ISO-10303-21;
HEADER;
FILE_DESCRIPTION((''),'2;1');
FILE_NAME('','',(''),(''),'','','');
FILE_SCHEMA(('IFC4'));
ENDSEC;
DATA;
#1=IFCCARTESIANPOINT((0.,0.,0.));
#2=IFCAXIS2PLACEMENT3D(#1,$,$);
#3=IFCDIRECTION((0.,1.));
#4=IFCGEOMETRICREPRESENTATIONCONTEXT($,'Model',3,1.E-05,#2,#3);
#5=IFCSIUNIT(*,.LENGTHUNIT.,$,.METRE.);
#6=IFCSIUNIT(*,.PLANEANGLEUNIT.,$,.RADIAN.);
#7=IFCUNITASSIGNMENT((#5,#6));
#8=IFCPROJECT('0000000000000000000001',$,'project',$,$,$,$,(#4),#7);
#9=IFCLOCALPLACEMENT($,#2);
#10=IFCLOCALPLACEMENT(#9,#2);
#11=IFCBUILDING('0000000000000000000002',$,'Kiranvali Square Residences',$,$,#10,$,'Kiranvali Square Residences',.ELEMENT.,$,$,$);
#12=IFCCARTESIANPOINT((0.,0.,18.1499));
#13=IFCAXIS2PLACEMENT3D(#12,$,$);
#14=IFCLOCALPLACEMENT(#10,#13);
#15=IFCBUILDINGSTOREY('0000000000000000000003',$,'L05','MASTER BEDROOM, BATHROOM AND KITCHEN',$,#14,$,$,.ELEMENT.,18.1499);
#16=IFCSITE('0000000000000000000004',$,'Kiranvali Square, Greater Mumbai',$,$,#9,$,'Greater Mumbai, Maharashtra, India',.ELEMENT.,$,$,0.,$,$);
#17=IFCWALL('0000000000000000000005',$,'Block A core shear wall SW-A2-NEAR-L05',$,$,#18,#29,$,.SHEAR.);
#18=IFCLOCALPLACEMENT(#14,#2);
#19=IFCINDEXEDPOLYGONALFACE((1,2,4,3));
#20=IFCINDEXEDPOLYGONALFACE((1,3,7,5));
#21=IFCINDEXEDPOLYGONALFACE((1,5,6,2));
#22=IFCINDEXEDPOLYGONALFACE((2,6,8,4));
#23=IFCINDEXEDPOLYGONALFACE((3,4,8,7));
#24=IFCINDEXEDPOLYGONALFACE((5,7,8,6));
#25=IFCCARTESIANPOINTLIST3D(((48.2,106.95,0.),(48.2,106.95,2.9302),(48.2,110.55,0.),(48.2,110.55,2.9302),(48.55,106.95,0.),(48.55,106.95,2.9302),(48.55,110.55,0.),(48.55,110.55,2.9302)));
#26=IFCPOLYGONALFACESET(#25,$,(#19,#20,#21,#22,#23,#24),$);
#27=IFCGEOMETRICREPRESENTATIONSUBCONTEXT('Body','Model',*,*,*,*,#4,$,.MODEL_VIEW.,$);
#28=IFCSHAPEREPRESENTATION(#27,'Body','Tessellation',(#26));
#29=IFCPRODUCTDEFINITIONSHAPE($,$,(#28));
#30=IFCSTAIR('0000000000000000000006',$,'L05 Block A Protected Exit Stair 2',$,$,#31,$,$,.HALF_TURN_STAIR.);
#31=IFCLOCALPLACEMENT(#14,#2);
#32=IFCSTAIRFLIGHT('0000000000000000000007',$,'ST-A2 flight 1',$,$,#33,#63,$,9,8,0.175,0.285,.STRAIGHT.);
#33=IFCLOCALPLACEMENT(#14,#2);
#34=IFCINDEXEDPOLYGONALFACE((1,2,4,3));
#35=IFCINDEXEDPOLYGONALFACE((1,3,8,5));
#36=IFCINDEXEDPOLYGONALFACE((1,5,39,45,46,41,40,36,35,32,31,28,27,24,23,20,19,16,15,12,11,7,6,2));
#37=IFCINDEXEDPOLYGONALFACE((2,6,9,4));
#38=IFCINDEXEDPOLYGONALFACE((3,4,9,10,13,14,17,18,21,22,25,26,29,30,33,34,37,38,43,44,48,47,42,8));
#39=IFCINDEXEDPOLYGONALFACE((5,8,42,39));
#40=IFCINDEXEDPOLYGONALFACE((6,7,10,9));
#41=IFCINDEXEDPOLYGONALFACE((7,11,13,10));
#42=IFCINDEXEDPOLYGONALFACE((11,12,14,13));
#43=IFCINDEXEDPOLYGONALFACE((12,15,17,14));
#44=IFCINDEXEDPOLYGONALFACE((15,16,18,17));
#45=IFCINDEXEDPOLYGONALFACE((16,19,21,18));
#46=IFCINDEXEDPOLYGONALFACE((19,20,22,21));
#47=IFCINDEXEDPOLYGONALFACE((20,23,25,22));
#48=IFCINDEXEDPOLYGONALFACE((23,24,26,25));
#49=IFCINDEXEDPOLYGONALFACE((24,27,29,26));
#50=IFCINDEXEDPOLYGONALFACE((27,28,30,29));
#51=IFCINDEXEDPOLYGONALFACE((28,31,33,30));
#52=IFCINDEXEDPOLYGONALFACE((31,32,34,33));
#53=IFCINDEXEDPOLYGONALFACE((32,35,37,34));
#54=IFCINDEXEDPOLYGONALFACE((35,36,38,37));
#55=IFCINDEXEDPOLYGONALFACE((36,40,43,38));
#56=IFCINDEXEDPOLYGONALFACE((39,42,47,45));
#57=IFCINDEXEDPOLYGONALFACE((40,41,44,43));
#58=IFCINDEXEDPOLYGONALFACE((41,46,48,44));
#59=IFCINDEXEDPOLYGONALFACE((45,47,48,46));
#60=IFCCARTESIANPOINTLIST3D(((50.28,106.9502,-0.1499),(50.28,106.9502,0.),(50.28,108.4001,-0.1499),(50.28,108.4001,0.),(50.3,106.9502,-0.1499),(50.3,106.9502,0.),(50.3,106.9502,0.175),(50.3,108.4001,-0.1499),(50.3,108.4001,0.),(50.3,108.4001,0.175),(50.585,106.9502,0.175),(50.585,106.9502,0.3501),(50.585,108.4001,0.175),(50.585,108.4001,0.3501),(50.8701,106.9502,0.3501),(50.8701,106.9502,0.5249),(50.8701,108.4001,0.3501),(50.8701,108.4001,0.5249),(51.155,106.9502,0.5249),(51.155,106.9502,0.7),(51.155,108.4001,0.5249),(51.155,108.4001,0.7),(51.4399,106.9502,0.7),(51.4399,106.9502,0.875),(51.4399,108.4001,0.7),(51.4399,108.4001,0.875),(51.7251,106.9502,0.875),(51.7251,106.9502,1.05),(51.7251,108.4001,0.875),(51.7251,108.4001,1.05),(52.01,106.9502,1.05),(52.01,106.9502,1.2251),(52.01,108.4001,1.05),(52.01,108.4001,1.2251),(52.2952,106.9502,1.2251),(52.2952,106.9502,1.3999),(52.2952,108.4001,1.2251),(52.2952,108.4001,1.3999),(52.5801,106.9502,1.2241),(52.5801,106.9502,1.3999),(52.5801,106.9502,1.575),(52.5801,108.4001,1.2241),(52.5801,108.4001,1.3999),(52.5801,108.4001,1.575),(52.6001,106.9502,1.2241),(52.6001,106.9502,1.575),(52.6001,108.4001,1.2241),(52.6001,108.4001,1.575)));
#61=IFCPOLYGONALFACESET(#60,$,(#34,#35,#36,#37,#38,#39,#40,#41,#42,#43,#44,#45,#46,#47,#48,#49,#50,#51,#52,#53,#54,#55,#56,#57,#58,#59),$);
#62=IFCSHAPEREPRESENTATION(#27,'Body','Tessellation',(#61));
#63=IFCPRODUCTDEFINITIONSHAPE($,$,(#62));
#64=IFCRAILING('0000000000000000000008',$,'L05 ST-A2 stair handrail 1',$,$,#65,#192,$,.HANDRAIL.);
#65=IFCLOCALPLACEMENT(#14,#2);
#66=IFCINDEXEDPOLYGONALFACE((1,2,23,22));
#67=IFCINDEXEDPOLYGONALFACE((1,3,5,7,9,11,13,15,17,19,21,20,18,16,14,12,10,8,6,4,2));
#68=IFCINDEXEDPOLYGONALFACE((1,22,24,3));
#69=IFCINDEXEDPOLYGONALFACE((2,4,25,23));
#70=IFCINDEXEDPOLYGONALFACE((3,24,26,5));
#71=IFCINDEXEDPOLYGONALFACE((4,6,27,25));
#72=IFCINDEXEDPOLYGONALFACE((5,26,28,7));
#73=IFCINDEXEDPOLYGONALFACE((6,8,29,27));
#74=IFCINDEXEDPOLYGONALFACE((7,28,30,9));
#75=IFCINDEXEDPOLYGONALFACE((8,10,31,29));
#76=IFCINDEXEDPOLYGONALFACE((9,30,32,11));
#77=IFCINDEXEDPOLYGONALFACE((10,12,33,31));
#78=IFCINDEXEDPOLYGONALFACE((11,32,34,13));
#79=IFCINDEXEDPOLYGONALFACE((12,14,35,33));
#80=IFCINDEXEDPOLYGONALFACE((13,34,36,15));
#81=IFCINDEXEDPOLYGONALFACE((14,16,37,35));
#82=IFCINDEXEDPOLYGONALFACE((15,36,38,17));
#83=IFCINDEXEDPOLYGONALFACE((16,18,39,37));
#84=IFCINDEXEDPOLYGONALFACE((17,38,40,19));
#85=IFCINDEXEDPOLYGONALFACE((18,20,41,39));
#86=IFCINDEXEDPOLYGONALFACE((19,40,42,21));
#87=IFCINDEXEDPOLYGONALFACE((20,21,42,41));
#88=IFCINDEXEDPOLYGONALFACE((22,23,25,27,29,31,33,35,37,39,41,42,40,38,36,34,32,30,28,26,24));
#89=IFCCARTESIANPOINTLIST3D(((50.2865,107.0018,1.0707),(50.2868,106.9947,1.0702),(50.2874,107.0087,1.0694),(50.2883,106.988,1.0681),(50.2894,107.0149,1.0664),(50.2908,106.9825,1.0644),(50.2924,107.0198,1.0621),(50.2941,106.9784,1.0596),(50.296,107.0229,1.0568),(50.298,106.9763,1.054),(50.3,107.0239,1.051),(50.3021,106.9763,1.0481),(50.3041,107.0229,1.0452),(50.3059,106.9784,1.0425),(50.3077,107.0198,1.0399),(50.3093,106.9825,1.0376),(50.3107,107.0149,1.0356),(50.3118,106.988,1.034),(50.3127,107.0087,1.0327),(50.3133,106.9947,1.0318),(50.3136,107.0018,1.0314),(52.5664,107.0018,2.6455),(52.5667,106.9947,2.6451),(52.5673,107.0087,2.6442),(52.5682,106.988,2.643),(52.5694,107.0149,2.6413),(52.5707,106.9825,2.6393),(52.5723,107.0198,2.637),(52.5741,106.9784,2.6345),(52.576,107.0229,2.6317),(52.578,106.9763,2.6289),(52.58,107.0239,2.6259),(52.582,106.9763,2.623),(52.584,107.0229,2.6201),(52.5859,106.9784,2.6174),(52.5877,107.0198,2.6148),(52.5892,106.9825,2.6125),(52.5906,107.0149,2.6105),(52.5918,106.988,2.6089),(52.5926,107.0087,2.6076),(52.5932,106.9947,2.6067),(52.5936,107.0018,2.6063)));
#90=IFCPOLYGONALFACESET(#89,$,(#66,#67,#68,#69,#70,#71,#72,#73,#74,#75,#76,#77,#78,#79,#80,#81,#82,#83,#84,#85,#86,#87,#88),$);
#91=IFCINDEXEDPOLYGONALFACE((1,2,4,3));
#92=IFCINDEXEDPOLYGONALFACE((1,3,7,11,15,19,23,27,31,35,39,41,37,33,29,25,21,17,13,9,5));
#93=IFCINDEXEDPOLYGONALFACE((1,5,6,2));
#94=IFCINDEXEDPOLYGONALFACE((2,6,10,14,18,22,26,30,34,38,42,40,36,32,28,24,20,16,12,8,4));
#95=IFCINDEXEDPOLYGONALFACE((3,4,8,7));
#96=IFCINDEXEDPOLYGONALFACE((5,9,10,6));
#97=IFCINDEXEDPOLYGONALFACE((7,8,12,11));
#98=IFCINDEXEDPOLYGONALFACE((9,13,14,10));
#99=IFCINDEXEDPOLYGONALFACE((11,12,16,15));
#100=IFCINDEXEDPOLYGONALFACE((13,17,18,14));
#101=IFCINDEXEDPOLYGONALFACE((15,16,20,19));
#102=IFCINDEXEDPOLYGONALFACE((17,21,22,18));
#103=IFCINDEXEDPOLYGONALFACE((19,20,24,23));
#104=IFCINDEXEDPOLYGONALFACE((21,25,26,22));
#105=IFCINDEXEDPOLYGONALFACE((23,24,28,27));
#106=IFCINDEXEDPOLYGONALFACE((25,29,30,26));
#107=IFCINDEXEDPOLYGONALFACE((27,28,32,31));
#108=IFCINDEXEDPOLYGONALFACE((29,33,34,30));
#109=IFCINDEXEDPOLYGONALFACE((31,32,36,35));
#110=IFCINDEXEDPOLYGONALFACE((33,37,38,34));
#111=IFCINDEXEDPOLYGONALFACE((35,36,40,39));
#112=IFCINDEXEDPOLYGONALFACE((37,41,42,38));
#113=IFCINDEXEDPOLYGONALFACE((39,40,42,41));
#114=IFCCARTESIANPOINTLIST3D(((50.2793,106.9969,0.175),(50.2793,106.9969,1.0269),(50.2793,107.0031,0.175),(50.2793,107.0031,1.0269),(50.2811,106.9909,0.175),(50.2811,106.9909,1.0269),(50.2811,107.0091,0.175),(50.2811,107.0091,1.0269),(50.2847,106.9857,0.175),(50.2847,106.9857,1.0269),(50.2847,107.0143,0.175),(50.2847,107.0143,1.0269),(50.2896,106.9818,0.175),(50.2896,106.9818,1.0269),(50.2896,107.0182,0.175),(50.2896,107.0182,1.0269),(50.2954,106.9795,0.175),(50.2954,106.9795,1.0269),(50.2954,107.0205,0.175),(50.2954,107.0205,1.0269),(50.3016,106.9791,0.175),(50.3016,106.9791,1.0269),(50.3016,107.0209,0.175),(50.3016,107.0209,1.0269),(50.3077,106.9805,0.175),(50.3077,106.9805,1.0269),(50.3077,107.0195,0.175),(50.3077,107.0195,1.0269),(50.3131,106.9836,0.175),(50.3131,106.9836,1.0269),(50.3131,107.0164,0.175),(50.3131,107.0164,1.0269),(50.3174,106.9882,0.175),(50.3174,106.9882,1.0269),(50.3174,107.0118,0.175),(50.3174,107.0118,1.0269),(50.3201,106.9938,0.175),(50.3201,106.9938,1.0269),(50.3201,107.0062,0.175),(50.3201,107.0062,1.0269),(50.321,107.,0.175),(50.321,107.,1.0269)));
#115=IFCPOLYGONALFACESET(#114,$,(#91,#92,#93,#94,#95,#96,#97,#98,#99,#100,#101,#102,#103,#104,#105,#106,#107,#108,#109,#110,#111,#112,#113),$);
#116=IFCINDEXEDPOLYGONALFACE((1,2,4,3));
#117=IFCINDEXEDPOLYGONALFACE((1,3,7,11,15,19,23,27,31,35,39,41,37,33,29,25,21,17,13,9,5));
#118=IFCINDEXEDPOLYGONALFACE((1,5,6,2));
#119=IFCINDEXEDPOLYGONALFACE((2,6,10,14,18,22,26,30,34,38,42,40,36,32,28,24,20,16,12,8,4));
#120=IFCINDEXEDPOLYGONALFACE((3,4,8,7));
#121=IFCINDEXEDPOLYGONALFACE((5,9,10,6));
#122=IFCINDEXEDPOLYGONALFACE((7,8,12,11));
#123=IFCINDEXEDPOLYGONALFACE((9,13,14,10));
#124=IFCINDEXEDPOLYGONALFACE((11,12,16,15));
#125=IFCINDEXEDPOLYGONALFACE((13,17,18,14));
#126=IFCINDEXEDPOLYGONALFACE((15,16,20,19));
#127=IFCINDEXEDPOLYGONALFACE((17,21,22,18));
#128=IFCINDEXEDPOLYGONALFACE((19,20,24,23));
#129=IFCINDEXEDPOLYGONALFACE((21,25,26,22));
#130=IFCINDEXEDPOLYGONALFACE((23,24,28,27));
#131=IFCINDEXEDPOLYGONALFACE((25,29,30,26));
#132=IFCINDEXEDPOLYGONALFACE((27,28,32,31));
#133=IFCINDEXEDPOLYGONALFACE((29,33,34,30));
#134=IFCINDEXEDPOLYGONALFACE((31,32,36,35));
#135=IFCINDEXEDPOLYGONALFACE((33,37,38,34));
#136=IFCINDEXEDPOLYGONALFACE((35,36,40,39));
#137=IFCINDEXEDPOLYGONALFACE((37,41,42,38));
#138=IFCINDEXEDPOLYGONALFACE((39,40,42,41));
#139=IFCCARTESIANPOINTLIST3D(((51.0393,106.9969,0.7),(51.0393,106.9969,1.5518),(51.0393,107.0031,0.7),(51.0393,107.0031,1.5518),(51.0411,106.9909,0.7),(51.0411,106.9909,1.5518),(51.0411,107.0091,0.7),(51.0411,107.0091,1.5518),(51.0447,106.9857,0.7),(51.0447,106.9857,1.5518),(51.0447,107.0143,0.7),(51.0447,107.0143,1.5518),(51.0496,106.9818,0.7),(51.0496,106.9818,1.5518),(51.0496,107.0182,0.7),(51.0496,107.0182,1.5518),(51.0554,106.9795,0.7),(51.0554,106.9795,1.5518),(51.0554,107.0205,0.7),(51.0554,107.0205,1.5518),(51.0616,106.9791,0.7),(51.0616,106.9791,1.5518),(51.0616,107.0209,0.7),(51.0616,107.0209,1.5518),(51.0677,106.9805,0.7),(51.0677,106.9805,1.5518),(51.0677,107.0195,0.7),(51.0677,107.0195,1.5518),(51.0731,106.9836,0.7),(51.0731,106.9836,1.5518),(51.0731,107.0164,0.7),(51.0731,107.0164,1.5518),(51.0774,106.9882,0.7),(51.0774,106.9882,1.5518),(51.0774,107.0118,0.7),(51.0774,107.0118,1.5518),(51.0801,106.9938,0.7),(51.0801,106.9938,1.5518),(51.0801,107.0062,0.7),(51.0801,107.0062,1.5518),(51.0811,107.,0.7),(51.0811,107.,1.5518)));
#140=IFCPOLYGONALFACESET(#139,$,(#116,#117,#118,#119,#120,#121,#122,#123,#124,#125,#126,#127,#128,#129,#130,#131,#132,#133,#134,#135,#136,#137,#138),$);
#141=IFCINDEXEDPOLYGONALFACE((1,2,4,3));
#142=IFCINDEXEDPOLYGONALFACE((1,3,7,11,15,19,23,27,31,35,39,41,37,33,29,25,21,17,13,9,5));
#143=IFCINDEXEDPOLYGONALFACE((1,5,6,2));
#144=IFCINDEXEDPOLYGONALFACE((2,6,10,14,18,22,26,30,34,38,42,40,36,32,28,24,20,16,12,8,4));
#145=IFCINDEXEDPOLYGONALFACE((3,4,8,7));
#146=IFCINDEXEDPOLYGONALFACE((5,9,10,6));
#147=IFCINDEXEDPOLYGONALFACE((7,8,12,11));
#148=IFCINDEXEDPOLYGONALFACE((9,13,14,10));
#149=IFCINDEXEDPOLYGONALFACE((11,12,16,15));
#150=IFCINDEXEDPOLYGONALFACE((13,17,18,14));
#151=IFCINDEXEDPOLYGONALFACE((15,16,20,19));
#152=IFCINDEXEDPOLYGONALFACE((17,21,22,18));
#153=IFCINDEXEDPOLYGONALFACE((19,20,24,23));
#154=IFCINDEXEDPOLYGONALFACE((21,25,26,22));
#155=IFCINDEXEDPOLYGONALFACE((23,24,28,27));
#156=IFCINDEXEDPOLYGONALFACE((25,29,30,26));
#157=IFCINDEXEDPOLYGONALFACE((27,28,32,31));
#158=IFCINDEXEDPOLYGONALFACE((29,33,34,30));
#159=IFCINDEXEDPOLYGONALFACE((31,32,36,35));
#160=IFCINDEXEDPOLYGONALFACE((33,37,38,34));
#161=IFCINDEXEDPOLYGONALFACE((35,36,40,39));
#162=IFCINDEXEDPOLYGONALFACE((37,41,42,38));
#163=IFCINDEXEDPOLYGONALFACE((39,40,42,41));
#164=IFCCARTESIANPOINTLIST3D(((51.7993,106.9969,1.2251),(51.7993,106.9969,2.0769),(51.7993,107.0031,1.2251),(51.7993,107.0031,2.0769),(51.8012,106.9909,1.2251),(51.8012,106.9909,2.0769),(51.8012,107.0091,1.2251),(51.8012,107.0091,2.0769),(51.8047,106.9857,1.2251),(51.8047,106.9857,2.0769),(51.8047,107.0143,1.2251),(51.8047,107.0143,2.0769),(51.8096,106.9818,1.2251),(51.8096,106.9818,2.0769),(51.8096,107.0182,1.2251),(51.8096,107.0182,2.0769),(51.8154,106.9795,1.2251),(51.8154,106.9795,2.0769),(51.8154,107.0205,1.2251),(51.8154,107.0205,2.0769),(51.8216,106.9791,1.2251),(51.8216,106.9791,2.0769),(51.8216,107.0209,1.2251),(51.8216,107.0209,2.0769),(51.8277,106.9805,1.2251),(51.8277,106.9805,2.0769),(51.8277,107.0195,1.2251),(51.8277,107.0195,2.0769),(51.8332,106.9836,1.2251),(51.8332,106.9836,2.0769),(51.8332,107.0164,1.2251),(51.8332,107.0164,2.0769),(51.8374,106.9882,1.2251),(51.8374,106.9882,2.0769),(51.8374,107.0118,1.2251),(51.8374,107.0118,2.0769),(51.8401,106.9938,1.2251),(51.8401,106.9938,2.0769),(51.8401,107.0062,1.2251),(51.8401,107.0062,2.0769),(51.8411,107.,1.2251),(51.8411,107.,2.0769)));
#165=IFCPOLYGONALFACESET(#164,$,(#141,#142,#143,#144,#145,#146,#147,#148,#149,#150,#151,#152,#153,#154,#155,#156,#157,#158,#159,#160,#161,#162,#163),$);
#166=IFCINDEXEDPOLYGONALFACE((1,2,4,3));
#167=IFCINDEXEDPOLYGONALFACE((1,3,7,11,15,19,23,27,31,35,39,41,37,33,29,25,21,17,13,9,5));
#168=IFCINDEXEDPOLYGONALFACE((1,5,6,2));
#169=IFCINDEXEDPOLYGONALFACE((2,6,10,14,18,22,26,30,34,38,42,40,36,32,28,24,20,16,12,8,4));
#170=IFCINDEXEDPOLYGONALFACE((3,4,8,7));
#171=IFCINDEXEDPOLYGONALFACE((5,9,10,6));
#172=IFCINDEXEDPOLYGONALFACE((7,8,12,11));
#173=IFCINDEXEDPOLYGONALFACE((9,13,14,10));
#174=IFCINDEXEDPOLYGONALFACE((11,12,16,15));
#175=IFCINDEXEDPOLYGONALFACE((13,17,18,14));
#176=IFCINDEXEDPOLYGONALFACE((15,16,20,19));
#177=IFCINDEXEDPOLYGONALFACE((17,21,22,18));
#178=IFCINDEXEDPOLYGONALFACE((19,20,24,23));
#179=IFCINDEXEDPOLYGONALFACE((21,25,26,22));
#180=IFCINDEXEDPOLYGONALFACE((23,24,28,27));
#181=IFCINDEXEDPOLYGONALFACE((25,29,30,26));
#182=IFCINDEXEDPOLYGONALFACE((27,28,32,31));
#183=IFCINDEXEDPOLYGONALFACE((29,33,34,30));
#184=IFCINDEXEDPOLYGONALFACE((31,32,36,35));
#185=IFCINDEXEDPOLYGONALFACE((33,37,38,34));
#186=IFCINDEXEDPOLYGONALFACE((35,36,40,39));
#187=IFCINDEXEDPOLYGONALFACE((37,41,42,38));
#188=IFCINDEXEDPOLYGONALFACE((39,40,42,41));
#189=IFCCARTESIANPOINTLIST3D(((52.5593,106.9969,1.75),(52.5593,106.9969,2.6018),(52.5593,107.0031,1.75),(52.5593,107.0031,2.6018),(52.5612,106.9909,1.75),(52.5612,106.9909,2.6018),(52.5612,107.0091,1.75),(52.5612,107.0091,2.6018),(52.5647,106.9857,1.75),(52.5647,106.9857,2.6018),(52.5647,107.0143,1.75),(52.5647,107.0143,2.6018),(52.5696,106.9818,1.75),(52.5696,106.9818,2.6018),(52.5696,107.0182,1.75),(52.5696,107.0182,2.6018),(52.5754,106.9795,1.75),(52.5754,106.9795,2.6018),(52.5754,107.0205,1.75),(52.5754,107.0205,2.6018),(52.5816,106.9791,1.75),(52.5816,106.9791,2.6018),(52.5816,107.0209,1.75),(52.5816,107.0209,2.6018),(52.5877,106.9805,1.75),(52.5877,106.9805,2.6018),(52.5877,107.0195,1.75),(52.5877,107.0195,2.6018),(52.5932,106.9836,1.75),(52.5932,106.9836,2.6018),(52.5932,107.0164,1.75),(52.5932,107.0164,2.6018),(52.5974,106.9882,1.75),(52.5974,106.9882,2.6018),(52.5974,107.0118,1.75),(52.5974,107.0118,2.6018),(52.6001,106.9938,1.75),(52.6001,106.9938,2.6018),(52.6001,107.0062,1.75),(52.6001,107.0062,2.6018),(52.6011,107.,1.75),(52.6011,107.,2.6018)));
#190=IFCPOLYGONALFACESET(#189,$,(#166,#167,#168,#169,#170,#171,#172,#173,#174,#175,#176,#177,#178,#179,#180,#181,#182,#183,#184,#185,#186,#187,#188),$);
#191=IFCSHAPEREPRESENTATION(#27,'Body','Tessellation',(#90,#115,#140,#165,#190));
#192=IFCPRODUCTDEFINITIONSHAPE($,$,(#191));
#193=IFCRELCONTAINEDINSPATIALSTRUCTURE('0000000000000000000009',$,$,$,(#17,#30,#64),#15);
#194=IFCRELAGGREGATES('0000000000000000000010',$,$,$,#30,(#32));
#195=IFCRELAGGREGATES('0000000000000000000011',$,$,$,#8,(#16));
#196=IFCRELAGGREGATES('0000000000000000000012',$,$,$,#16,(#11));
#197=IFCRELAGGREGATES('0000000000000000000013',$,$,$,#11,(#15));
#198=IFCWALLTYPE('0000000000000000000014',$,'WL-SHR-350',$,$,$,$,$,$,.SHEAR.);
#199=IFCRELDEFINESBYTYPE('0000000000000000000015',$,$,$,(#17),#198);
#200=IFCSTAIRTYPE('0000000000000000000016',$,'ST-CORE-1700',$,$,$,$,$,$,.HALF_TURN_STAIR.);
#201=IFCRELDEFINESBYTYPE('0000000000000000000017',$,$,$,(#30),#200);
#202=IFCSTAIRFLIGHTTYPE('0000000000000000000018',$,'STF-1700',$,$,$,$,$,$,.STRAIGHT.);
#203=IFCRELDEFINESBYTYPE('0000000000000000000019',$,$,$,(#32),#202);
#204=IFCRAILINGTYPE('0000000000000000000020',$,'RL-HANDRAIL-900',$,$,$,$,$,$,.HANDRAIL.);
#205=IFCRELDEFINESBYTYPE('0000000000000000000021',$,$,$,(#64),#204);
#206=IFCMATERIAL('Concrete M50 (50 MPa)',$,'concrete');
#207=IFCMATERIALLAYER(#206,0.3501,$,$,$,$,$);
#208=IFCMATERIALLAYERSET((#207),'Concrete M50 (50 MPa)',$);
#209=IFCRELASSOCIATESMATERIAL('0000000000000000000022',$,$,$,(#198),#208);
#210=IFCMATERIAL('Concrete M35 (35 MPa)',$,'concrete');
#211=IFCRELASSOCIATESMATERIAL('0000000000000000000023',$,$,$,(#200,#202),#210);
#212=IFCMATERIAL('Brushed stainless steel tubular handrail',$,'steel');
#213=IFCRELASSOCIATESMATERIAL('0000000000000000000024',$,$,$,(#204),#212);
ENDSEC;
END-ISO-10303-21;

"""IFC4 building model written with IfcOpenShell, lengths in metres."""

from ifc_helpers import new_model, si_unit, direction, frame, frame_2d, origin, origin_2d, place, context, subcontext, project, spatial, polyline, rectangle, circle, outline, extrude, material, layer, layer_set, type_object, element, aggregate, save


model = new_model("IFC4")

# Units and contexts
model_context = context("Model", 3, precision=1e-05, world=origin(), true_north=direction((0.0, 1.0)))
body_context = subcontext(model_context, "Body", "Model", "MODEL_VIEW")
ifc_project = project(units=[si_unit("LENGTHUNIT", "METRE"), si_unit("PLANEANGLEUNIT", "RADIAN")], contexts=[model_context])

# Site, building, storey
site_placement = place(None, origin())
site = spatial("IfcSite", under=ifc_project, at=site_placement, Name="Kiranvali Square, Greater Mumbai", LongName="Greater Mumbai, Maharashtra, India", CompositionType="ELEMENT", RefElevation=0.0)
building_placement = place(site_placement, origin())
building = spatial("IfcBuilding", under=site, at=building_placement, Name="Kiranvali Square Residences", LongName="Kiranvali Square Residences", CompositionType="ELEMENT")
storey_placement = place(building_placement, frame((0.0, 0.0, 18.1499)))
storey = spatial("IfcBuildingStorey", under=building, at=storey_placement, Name="L05", Description="MASTER BEDROOM, BATHROOM AND KITCHEN", CompositionType="ELEMENT", Elevation=18.1499)

# Shared definitions
ifc_material_1 = material(Name="Concrete M50 (50 MPa)", Category="concrete")
ifc_layer_1 = layer(ifc_material_1, 0.3501)
ifc_layer_set_1 = layer_set([ifc_layer_1], Name="Concrete M50 (50 MPa)")
wall_type_1 = type_object("IfcWallType", Name="WL-SHR-350", PredefinedType="SHEAR", material=ifc_layer_set_1)

# Wall
wall_1_placement = place(storey_placement, frame((48.375, 106.95, 0.0), z_axis=(0.0, 0.0, 1.0), x_axis=(0.0, 1.0, 0.0)))
element("IfcWall", 1, at=wall_1_placement, inside=storey, type_object=wall_type_1, Name="Block A core shear wall SW-A2-NEAR-L05", PredefinedType="SHEAR", context=body_context, shape_type="SweptSolid", body=[
    extrude(rectangle(XDim=3.6001, YDim=0.3501, at=frame_2d((1.8, 0.0))), origin(), (0.0, 0.0, 1.0), 2.9302),
])

# Stair, stair flight
ifc_material_2 = material(Name="Concrete M35 (35 MPa)", Category="concrete")
stair_type = type_object("IfcStairType", Name="ST-CORE-1700", PredefinedType="HALF_TURN_STAIR", material=ifc_material_2)
stair_placement = place(storey_placement, origin())
stair = element("IfcStair", 2, at=stair_placement, inside=storey, type_object=stair_type, Name="L05 Block A Protected Exit Stair 2", PredefinedType="HALF_TURN_STAIR")
stair_flight_type = type_object("IfcStairFlightType", Name="STF-1700", PredefinedType="STRAIGHT", material=ifc_material_2)
stair_flight_placement = place(storey_placement, frame((50.3, 107.675, 0.0), z_axis=(0.0, 0.0, 1.0), x_axis=(1.0, 0.0, 0.0)))
stair_flight = element("IfcStairFlight", 3, at=stair_flight_placement, type_object=stair_flight_type, Name="ST-A2 flight 1", NumberOfRisers=9, NumberOfTreads=8, PredefinedType="STRAIGHT", RiserHeight=0.175, TreadLength=0.285, context=body_context, shape_type="SweptSolid", body=[
    extrude(outline(polyline([(-0.02, -0.1499), (-0.02, 0.0), (0.0, 0.0), (0.0, 0.175), (0.2849, 0.175), (0.2849, 0.3501), (0.5701, 0.3501), (0.5701, 0.5249), (0.855, 0.5249), (0.855, 0.7), (1.1399, 0.7), (1.1399, 0.875), (1.425, 0.875), (1.425, 1.05), (1.71, 1.05), (1.71, 1.2251), (1.9951, 1.2251), (1.9951, 1.3999), (2.28, 1.3999), (2.28, 1.575), (2.3, 1.575), (2.3, 1.2241), (2.28, 1.2241), (0.0, -0.1499), (-0.02, -0.1499)])), frame((0.0, 0.7251, 0.0), z_axis=(0.0, -1.0, 0.0), x_axis=(1.0, 0.0, 0.0)), (0.0, 0.0, 1.0), 1.45),
])
aggregate(stair, [stair_flight])

# Railing
ifc_material_3 = material(Name="Brushed stainless steel tubular handrail", Category="steel")
railing_type_1 = type_object("IfcRailingType", Name="RL-HANDRAIL-900", PredefinedType="HANDRAIL", material=ifc_material_3)
railing_1_placement = place(storey_placement, frame((50.3, 107.0, 0.175)))
element("IfcRailing", 4, at=railing_1_placement, inside=storey, type_object=railing_type_1, Name="L05 ST-A2 stair handrail 1", PredefinedType="HANDRAIL", context=body_context, shape_type="SweptSolid", body=[
    extrude(circle(Radius=0.0239, at=origin_2d()), frame((0.0, 0.0, 0.876), z_axis=(0.822788, 0.0, 0.568348), x_axis=(0.0, 1.0, 0.0)), (0.0, 0.0, 1.0), 2.771),
    extrude(circle(Radius=0.021, at=origin_2d()), origin(), (0.0, 0.0, 1.0), 0.8518),
    extrude(circle(Radius=0.021, at=origin_2d()), frame((0.76, 0.0, 0.5249)), (0.0, 0.0, 1.0), 0.8518),
    extrude(circle(Radius=0.021, at=origin_2d()), frame((1.52, 0.0, 1.05)), (0.0, 0.0, 1.0), 0.8518),
    extrude(circle(Radius=0.021, at=origin_2d()), frame((2.28, 0.0, 1.575)), (0.0, 0.0, 1.0), 0.8518),
])

save(model, "model.ifc")
